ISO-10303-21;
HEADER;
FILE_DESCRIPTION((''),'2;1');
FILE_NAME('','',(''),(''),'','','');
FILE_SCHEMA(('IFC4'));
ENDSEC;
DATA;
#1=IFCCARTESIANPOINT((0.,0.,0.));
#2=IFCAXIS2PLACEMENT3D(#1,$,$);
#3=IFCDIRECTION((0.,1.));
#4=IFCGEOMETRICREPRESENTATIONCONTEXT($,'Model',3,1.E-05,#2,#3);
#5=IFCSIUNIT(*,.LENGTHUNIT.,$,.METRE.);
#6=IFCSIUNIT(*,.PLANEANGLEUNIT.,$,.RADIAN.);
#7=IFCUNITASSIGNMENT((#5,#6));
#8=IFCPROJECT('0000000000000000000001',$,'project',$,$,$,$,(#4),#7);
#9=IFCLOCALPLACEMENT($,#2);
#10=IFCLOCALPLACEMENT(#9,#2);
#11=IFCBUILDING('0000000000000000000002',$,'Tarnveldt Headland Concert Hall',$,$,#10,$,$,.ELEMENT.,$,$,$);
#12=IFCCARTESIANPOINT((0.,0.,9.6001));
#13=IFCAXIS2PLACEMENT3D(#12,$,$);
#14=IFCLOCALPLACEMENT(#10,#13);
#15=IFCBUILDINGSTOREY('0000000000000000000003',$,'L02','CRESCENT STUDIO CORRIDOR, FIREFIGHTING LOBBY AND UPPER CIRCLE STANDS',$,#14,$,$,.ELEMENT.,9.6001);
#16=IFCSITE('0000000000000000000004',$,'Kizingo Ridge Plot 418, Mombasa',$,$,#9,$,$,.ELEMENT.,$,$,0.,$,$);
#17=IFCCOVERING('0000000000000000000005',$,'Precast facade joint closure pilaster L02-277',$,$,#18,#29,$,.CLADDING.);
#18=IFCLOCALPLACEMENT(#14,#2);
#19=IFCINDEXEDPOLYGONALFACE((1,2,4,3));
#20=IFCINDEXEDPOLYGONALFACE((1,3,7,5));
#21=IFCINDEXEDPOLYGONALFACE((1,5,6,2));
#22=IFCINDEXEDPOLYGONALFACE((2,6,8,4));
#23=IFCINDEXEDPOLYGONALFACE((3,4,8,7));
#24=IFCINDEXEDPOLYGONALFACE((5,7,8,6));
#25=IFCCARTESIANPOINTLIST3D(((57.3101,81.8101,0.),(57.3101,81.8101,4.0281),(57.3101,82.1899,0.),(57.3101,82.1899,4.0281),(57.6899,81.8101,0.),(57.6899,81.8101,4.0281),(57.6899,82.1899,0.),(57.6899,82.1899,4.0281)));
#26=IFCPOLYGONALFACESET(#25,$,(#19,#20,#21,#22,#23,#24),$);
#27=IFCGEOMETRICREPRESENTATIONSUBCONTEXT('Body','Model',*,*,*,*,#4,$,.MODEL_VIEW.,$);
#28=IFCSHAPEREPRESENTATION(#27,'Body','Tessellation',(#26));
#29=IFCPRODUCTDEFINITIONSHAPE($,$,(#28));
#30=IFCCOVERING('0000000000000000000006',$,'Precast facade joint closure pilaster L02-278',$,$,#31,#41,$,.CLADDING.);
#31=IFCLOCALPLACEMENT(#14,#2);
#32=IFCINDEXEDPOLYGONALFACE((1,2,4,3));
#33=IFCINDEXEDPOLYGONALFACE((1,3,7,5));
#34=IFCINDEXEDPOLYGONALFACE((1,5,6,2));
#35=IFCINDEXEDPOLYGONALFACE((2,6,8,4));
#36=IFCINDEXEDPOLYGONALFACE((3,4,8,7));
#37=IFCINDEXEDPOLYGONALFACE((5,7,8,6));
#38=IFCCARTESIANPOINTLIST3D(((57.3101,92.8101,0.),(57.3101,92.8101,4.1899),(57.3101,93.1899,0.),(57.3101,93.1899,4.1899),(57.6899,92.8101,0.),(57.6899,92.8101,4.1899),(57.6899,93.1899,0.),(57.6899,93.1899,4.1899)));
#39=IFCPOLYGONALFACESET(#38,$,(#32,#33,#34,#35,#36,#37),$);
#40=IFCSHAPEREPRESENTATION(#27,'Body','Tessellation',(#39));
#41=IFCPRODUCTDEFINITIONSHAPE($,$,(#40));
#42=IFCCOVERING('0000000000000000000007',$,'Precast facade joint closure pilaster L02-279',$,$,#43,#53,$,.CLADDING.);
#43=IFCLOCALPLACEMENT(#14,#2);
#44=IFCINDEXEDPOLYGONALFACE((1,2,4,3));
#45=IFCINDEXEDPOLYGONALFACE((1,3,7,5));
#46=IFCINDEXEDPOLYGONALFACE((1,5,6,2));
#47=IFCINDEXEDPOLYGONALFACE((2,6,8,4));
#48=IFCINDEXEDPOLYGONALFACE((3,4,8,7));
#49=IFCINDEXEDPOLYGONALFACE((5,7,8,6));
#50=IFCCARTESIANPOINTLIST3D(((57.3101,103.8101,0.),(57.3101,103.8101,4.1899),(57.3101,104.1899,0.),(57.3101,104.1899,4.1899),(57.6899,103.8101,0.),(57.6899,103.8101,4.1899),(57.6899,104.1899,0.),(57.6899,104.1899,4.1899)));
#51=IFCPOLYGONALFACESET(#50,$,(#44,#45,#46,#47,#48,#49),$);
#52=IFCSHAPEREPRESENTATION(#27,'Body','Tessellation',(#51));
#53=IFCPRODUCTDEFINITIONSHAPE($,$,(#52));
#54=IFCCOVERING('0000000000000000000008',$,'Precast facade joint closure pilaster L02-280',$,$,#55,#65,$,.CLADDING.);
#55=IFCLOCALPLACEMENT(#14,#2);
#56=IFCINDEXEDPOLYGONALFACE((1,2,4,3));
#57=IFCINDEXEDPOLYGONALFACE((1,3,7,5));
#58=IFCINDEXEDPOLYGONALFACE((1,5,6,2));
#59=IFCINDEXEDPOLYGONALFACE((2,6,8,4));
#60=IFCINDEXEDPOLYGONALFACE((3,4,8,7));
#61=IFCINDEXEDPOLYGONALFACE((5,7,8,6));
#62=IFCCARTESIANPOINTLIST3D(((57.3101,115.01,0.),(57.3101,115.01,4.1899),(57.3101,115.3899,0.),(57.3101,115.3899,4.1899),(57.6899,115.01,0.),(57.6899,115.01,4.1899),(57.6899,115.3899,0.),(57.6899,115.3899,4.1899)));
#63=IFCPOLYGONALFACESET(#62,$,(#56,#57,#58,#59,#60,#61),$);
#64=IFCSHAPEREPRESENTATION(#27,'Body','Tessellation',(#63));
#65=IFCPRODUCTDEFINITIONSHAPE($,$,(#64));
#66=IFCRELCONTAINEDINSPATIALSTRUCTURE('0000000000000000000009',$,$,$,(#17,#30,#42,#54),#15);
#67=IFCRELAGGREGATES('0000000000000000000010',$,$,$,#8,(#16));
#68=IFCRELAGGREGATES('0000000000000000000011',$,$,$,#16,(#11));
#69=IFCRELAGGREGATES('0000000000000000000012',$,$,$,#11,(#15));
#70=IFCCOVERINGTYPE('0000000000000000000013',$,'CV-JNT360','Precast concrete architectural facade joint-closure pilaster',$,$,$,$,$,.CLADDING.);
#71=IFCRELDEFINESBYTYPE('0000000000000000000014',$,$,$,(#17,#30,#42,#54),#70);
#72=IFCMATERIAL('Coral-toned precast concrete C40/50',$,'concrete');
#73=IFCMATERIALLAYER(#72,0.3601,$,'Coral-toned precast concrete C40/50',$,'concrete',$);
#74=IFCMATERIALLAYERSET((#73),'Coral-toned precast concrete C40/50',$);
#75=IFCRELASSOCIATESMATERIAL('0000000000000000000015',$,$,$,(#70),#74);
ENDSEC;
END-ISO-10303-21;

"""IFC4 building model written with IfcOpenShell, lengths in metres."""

from ifc_helpers import new_model, si_unit, direction, frame, origin, origin_2d, place, context, subcontext, project, spatial, rectangle, extrude, material, layer, layer_set, type_object, element, save


model = new_model("IFC4")

# Units and contexts
model_context = context("Model", 3, precision=1e-05, world=origin(), true_north=direction((0.0, 1.0)))
body_context = subcontext(model_context, "Body", "Model", "MODEL_VIEW")
ifc_project = project(units=[si_unit("LENGTHUNIT", "METRE"), si_unit("PLANEANGLEUNIT", "RADIAN")], contexts=[model_context])

# Site, building, storey
site_placement = place(None, origin())
site = spatial("IfcSite", under=ifc_project, at=site_placement, Name="Kizingo Ridge Plot 418, Mombasa", CompositionType="ELEMENT", RefElevation=0.0)
building_placement = place(site_placement, origin())
building = spatial("IfcBuilding", under=site, at=building_placement, Name="Tarnveldt Headland Concert Hall", CompositionType="ELEMENT")
storey_placement = place(building_placement, frame((0.0, 0.0, 9.6001)))
storey = spatial("IfcBuildingStorey", under=building, at=storey_placement, Name="L02", Description="CRESCENT STUDIO CORRIDOR, FIREFIGHTING LOBBY AND UPPER CIRCLE STANDS", CompositionType="ELEMENT", Elevation=9.6001)

# Shared definitions
ifc_material_1 = material(Name="Coral-toned precast concrete C40/50", Category="concrete")

# Coverings
ifc_layer_1 = layer(ifc_material_1, 0.3601, Name="Coral-toned precast concrete C40/50", Category="concrete")
ifc_layer_set_1 = layer_set([ifc_layer_1], Name="Coral-toned precast concrete C40/50")
covering_type_1 = type_object("IfcCoveringType", Name="CV-JNT360", Description="Precast concrete architectural facade joint-closure pilaster", PredefinedType="CLADDING", material=ifc_layer_set_1)
covering_1_placement = place(storey_placement, frame((57.5, 82.0, 0.0), z_axis=(0.0, 0.0, 1.0), x_axis=(0.0, -1.0, 0.0)))
element("IfcCovering", 1, at=covering_1_placement, inside=storey, type_object=covering_type_1, Name="Precast facade joint closure pilaster L02-277", PredefinedType="CLADDING", context=body_context, shape_type="SweptSolid", body=[
    extrude(rectangle(XDim=0.3799, YDim=0.3799, at=origin_2d()), origin(), (0.0, 0.0, 1.0), 4.0281),
])
for number, where, z_axis, x_axis, name in (
    (2, (57.5, 93.0, 0.0), (0.0, 0.0, 1.0), (0.0, -1.0, 0.0), "Precast facade joint closure pilaster L02-278"),
    (3, (57.5, 104.0, 0.0), (0.0, 0.0, 1.0), (0.0, -1.0, 0.0), "Precast facade joint closure pilaster L02-279"),
    (4, (57.5, 115.2, 0.0), (0.0, 0.0, 1.0), (0.0, -1.0, 0.0), "Precast facade joint closure pilaster L02-280"),
):
    element("IfcCovering", number, at=place(storey_placement, frame(where, z_axis=z_axis, x_axis=x_axis)), inside=storey, type_object=covering_type_1, Name=name, PredefinedType="CLADDING", context=body_context, shape_type="SweptSolid", body=[
        extrude(rectangle(XDim=0.3799, YDim=0.3799, at=origin_2d()), origin(), (0.0, 0.0, 1.0), 4.1899),
    ])

save(model, "model.ifc")
